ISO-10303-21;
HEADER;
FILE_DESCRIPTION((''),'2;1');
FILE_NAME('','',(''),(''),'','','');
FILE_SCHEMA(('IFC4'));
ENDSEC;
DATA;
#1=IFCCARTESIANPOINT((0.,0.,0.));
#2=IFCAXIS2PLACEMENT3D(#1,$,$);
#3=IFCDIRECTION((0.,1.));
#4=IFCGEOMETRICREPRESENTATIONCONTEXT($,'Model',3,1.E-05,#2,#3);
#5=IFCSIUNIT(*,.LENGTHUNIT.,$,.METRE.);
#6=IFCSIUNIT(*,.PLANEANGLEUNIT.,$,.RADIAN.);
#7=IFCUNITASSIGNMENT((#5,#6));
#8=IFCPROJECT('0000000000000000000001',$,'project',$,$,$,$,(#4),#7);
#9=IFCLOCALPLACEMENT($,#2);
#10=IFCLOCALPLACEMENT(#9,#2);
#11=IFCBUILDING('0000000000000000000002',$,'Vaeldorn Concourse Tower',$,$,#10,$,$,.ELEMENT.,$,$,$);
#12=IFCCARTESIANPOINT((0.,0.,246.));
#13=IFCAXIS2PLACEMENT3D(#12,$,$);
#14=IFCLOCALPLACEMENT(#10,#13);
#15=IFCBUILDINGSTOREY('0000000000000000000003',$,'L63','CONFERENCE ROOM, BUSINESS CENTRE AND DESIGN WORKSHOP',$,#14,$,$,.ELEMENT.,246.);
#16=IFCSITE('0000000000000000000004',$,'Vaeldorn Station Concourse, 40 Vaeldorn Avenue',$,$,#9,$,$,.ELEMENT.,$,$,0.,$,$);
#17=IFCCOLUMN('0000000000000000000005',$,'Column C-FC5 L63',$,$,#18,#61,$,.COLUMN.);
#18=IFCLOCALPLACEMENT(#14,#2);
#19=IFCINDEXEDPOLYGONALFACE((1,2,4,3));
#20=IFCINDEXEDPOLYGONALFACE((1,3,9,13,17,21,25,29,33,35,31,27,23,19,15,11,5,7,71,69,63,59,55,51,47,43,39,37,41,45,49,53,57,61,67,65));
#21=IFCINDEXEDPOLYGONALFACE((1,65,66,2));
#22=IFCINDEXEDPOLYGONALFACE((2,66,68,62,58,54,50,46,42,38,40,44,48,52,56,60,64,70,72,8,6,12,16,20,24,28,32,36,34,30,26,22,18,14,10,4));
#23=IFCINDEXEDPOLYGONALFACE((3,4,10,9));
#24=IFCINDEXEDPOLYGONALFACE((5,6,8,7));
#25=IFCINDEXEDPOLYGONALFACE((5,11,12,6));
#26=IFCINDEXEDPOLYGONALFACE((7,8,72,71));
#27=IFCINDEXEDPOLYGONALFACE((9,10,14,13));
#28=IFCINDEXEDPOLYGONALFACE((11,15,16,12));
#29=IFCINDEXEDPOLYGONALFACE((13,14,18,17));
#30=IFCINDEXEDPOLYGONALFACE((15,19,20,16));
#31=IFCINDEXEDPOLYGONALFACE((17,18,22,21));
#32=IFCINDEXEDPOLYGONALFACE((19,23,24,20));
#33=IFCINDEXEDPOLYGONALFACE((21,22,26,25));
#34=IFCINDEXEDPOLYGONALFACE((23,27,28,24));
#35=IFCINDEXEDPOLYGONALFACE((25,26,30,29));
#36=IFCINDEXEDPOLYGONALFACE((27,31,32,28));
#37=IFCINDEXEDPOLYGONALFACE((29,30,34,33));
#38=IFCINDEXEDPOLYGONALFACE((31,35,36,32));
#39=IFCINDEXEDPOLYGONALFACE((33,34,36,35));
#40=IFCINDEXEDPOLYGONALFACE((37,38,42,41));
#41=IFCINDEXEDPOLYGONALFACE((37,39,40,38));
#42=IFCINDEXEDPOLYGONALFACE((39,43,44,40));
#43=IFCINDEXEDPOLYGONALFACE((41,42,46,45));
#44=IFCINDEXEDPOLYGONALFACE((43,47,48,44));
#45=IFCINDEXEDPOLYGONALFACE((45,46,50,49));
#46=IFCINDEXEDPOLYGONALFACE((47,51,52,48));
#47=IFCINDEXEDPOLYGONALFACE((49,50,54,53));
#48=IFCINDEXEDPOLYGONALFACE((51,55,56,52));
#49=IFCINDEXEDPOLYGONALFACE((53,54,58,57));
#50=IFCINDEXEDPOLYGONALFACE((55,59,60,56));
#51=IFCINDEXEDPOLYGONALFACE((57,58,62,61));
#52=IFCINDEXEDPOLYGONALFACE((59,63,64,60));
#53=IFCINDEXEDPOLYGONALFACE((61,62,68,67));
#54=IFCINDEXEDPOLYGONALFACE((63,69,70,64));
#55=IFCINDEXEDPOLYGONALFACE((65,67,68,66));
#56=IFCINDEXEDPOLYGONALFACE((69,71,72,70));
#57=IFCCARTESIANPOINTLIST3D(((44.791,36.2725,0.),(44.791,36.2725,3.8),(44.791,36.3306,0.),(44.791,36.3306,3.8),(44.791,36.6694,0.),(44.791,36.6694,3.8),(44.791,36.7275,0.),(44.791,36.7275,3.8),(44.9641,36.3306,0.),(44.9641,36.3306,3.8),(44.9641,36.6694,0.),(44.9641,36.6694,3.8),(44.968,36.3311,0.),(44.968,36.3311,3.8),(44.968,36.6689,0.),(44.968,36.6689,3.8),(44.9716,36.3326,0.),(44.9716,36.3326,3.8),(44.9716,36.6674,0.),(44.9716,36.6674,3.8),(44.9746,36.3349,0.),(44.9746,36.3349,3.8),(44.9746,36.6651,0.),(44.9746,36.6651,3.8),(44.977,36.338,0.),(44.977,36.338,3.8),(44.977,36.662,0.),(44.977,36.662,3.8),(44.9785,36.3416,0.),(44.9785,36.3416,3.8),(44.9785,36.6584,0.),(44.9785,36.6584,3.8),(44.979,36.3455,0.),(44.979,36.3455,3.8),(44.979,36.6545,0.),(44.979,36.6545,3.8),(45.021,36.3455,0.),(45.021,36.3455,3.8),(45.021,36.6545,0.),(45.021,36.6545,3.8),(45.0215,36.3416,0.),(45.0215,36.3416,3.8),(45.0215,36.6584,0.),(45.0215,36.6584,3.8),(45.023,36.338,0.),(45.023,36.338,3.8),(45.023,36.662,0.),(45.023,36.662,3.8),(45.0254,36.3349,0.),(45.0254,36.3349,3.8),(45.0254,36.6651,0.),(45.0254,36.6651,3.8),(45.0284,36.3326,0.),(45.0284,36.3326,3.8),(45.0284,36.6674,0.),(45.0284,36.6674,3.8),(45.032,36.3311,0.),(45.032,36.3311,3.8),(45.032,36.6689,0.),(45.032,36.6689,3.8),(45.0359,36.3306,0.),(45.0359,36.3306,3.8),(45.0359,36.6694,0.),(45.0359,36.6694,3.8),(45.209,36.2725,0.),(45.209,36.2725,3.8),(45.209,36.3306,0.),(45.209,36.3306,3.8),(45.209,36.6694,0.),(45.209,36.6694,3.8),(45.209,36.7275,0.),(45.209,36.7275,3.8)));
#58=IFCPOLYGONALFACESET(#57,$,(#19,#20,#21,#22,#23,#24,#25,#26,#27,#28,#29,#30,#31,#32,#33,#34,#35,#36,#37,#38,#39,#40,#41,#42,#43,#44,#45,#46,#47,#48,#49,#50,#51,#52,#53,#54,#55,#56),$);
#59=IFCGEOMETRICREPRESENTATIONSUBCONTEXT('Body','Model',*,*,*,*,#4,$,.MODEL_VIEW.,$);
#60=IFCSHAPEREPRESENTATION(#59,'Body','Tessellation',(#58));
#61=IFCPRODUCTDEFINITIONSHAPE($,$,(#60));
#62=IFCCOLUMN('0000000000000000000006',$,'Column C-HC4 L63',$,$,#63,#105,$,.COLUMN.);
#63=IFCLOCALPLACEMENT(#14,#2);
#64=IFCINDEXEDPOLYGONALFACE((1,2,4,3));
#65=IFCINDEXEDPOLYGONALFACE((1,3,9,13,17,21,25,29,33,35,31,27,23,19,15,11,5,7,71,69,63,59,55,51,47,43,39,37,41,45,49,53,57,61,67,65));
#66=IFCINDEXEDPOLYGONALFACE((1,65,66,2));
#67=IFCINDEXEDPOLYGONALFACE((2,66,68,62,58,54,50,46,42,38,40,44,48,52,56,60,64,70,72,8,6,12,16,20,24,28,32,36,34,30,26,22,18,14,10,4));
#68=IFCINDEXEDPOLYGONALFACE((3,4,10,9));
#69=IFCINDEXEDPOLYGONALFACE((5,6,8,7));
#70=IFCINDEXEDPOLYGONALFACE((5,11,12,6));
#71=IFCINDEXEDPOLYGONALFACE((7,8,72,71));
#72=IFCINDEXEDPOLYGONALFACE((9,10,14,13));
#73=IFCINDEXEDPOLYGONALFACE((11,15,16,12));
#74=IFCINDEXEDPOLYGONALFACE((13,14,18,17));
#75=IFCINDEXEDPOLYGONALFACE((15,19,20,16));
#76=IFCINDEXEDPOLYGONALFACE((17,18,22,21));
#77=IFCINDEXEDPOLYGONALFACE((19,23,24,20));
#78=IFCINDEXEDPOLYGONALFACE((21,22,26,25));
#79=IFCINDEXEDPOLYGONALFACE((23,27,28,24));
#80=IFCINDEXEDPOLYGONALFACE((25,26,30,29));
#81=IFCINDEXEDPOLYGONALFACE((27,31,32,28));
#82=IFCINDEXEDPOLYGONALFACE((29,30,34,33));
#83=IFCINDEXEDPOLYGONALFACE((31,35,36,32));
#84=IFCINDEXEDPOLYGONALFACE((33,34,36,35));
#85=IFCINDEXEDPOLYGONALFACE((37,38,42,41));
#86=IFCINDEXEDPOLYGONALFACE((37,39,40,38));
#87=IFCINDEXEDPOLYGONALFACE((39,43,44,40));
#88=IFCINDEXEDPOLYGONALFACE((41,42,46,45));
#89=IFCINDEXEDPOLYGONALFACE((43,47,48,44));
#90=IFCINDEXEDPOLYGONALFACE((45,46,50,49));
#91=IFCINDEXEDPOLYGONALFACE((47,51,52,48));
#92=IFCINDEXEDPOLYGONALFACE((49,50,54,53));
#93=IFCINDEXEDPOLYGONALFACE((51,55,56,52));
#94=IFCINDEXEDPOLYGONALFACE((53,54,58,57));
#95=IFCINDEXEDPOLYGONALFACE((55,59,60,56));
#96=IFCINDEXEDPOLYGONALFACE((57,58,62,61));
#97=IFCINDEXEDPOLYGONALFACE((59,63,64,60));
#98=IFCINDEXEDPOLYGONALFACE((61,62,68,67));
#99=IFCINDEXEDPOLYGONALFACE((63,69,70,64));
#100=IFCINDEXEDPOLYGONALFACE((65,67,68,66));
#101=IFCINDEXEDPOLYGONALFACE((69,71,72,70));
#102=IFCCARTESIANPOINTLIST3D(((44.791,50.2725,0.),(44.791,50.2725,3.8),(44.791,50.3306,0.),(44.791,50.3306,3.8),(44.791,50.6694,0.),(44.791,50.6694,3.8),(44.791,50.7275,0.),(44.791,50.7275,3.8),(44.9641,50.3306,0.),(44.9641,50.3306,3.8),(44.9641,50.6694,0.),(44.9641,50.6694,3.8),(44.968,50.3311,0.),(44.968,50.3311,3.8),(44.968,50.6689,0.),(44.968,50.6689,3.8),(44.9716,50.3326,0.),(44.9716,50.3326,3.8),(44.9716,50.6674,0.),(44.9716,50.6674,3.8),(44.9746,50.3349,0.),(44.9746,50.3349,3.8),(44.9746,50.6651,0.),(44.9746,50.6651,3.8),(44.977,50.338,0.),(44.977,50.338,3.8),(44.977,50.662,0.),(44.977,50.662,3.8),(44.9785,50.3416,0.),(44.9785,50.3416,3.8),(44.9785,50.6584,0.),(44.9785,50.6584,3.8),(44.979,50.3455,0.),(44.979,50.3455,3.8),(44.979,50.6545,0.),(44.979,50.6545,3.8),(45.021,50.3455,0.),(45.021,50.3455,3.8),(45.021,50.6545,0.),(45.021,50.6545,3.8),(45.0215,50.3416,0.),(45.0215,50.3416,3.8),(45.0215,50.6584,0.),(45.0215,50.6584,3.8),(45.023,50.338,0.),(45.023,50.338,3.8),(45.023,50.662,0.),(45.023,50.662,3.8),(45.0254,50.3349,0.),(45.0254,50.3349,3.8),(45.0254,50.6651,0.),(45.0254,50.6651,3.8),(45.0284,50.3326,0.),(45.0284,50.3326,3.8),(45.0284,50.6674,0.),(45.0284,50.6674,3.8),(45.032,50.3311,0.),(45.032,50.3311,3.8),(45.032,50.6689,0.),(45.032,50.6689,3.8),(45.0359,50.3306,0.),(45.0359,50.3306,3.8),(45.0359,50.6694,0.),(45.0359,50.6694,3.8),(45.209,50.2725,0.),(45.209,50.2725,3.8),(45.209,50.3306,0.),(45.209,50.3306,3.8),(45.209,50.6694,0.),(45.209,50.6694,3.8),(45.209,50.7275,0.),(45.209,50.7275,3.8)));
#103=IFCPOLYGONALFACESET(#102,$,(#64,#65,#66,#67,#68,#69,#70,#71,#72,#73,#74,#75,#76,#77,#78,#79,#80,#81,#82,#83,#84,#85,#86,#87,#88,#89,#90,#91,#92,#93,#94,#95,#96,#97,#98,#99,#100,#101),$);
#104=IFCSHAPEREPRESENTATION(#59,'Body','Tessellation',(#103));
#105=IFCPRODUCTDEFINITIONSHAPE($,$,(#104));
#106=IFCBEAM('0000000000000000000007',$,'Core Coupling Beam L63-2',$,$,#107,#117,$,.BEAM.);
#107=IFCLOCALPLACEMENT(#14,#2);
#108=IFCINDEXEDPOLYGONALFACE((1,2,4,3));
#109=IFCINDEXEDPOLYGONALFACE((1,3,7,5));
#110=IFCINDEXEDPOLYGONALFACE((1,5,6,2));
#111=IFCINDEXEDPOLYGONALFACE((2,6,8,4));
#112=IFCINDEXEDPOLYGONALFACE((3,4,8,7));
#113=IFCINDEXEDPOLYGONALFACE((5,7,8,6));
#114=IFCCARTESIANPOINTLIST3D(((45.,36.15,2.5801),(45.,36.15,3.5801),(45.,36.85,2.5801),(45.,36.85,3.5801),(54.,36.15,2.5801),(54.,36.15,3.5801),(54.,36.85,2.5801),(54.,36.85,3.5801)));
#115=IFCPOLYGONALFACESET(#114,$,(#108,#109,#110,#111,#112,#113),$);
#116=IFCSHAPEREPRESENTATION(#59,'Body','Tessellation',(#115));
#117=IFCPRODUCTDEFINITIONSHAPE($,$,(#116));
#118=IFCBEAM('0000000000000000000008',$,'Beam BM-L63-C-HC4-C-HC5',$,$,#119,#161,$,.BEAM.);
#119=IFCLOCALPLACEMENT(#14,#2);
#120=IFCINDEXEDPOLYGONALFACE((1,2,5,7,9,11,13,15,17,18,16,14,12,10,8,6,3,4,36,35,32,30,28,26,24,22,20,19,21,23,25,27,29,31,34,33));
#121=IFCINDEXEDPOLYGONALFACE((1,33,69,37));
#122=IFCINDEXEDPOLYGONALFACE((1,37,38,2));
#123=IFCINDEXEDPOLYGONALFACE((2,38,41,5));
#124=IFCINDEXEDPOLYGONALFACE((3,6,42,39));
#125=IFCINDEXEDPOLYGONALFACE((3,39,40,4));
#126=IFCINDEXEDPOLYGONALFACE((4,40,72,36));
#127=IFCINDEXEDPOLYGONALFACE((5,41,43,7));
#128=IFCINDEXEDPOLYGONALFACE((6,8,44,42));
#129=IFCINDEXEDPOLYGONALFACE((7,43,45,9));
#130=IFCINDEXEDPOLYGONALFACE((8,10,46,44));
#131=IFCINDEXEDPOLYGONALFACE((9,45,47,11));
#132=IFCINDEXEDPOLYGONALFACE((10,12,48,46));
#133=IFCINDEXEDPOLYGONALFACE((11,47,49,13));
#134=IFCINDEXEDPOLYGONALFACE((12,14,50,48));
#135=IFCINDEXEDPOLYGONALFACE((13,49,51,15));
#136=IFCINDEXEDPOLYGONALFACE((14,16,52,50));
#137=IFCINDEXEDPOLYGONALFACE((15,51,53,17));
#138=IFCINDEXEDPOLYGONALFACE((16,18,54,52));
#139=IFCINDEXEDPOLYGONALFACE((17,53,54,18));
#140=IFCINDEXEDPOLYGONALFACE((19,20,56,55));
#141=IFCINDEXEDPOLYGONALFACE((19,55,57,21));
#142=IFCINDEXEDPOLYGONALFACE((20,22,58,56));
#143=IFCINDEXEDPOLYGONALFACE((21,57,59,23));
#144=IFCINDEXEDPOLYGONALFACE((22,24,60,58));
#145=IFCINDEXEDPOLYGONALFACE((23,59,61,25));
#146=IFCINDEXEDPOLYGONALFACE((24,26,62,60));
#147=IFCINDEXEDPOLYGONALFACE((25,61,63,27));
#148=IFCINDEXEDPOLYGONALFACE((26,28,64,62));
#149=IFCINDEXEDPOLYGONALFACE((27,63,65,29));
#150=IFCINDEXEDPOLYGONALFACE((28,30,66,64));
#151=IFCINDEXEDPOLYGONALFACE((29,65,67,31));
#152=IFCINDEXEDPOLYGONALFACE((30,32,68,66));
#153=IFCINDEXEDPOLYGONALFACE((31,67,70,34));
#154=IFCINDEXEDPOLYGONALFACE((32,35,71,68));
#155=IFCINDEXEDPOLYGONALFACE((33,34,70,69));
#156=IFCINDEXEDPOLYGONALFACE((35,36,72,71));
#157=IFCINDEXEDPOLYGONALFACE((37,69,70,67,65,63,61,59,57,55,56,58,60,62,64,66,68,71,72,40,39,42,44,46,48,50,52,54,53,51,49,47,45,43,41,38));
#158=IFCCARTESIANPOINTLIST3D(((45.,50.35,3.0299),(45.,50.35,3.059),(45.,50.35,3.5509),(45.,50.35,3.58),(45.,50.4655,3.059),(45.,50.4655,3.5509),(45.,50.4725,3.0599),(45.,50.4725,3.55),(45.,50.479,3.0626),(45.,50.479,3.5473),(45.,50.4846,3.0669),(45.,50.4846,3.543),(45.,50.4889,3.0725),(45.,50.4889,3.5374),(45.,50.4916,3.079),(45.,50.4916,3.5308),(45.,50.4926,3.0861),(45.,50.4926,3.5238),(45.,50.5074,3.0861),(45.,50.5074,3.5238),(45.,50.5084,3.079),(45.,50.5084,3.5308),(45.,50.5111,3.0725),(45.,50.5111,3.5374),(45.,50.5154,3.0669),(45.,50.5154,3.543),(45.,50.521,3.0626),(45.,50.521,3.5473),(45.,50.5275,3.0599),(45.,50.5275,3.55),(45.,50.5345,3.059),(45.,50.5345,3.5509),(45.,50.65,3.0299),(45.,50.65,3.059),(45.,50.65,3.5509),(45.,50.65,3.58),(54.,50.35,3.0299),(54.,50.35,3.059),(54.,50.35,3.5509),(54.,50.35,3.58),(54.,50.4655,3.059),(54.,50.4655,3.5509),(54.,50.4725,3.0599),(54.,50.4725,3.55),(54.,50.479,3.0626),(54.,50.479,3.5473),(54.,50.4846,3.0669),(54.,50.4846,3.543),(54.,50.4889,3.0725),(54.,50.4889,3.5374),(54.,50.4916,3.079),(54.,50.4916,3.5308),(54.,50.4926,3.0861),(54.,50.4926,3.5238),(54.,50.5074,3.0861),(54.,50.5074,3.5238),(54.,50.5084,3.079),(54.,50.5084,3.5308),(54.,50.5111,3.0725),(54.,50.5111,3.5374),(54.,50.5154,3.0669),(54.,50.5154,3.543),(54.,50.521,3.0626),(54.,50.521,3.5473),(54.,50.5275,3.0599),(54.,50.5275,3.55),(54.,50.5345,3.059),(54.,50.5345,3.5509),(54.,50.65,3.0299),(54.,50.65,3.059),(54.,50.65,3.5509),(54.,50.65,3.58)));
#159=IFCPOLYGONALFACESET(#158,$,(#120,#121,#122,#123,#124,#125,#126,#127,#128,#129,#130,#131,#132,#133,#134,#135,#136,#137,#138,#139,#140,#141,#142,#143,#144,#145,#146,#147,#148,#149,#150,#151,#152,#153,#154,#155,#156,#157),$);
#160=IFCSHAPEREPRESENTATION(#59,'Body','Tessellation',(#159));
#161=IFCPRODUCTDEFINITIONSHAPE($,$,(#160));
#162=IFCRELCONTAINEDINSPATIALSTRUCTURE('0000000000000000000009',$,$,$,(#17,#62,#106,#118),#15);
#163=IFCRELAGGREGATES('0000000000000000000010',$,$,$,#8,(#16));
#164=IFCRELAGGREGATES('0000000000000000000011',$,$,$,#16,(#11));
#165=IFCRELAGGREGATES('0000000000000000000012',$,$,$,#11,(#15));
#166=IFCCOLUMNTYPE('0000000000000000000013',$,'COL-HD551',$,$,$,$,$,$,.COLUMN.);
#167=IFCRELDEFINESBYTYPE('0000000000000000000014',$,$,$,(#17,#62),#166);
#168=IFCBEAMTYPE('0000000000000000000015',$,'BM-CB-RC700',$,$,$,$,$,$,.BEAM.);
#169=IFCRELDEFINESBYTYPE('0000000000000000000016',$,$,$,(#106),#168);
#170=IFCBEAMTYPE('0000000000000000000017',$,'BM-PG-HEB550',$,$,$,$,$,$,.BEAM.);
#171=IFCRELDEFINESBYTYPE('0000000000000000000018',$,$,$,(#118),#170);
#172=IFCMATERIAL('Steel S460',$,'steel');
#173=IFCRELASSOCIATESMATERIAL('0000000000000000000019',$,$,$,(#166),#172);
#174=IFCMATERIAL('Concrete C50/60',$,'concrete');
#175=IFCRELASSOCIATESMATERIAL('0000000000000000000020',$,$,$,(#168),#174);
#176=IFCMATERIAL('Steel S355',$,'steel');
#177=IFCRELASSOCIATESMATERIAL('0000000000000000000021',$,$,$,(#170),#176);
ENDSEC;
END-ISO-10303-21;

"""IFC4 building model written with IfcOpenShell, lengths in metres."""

from ifc_helpers import new_model, si_unit, direction, frame, origin, origin_2d, place, context, subcontext, project, spatial, rectangle, i_section, extrude, source, transform, mapped, material, material_profile, profile_set, type_object, element, save


model = new_model("IFC4")

# Units and contexts
model_context = context("Model", 3, precision=1e-05, world=origin(), true_north=direction((0.0, 1.0)))
body_context = subcontext(model_context, "Body", "Model", "MODEL_VIEW")
ifc_project = project(units=[si_unit("LENGTHUNIT", "METRE"), si_unit("PLANEANGLEUNIT", "RADIAN")], contexts=[model_context])

# Site, building, storey
site_placement = place(None, origin())
site = spatial("IfcSite", under=ifc_project, at=site_placement, Name="Vaeldorn Station Concourse, 40 Vaeldorn Avenue", CompositionType="ELEMENT", RefElevation=0.0)
building_placement = place(site_placement, origin())
building = spatial("IfcBuilding", under=site, at=building_placement, Name="Vaeldorn Concourse Tower", CompositionType="ELEMENT")
storey_placement = place(building_placement, frame((0.0, 0.0, 246.0)))
storey = spatial("IfcBuildingStorey", under=building, at=storey_placement, Name="L63", Description="CONFERENCE ROOM, BUSINESS CENTRE AND DESIGN WORKSHOP", CompositionType="ELEMENT", Elevation=246.0)

# Columns
ifc_material_1 = material(Name="Steel S460", Category="steel")
ifc_material_profile_1 = material_profile(ifc_material_1, i_section(OverallWidth=0.418, OverallDepth=0.4551, WebThickness=0.042, FlangeThickness=0.0581, FilletRadius=0.0149, at=origin_2d()), Name="HD 400x551")
ifc_profile_set_1 = profile_set([ifc_material_profile_1], Name="Steel S460")
column_type = type_object("IfcColumnType", Name="COL-HD551", PredefinedType="COLUMN", material=ifc_profile_set_1)
shared_shape_1 = source(origin(), body_context, "Body", "SweptSolid", [
    extrude(i_section(OverallWidth=0.418, OverallDepth=0.4551, WebThickness=0.042, FlangeThickness=0.0581, FilletRadius=0.0149, at=origin_2d()), origin(), (0.0, 0.0, 1.0), 3.8),
])
for number, where, z_axis, x_axis, name in (
    (1, (45.0, 36.5, 0.0), (0.0, 0.0, 1.0), (1.0, 0.0, 0.0), "Column C-FC5 L63"),
    (2, (45.0, 50.5, 0.0), (0.0, 0.0, 1.0), (1.0, 0.0, 0.0), "Column C-HC4 L63"),
):
    element("IfcColumn", number, at=place(storey_placement, frame(where, z_axis=z_axis, x_axis=x_axis)), inside=storey, type_object=column_type, Name=name, PredefinedType="COLUMN", context=body_context, shape_type="MappedRepresentation", body=[
        mapped(shared_shape_1, transform((0.0, 0.0, 0.0), scale=1.0)),
    ])

# Beams
ifc_material_2 = material(Name="Concrete C50/60", Category="concrete")
ifc_material_profile_2 = material_profile(ifc_material_2, rectangle(XDim=0.7, YDim=1.0, at=origin_2d()), Name="RC 700x1000")
ifc_profile_set_2 = profile_set([ifc_material_profile_2], Name="Concrete C50/60")
beam_type_1 = type_object("IfcBeamType", Name="BM-CB-RC700", PredefinedType="BEAM", material=ifc_profile_set_2)
shared_shape_2 = source(origin(), body_context, "Body", "SweptSolid", [
    extrude(rectangle(XDim=0.7, YDim=1.0, at=origin_2d()), origin(), (0.0, 0.0, 1.0), 9.0),
])
beam_1_placement = place(storey_placement, frame((45.0, 36.5, 3.0801), z_axis=(1.0, 0.0, 0.0), x_axis=(0.0, 1.0, 0.0)))
element("IfcBeam", 3, at=beam_1_placement, inside=storey, type_object=beam_type_1, Name="Core Coupling Beam L63-2", PredefinedType="BEAM", context=body_context, shape_type="MappedRepresentation", body=[
    mapped(shared_shape_2, transform((0.0, 0.0, 0.0), scale=1.0)),
])
ifc_material_3 = material(Name="Steel S355", Category="steel")
ifc_material_profile_3 = material_profile(ifc_material_3, i_section(OverallWidth=0.3, OverallDepth=0.55, WebThickness=0.0149, FlangeThickness=0.0291, FilletRadius=0.0271, at=origin_2d()), Name="HEB 550")
ifc_profile_set_3 = profile_set([ifc_material_profile_3], Name="Steel S355")
beam_type_2 = type_object("IfcBeamType", Name="BM-PG-HEB550", PredefinedType="BEAM", material=ifc_profile_set_3)
shared_shape_3 = source(origin(), body_context, "Body", "SweptSolid", [
    extrude(i_section(OverallWidth=0.3, OverallDepth=0.55, WebThickness=0.0149, FlangeThickness=0.0291, FilletRadius=0.0271, at=origin_2d()), origin(), (0.0, 0.0, 1.0), 9.0),
])
beam_2_placement = place(storey_placement, frame((45.0, 50.5, 3.3049), z_axis=(1.0, 0.0, 0.0), x_axis=(0.0, 1.0, 0.0)))
element("IfcBeam", 4, at=beam_2_placement, inside=storey, type_object=beam_type_2, Name="Beam BM-L63-C-HC4-C-HC5", PredefinedType="BEAM", context=body_context, shape_type="MappedRepresentation", body=[
    mapped(shared_shape_3, transform((0.0, 0.0, 0.0), scale=1.0)),
])

save(model, "model.ifc")
